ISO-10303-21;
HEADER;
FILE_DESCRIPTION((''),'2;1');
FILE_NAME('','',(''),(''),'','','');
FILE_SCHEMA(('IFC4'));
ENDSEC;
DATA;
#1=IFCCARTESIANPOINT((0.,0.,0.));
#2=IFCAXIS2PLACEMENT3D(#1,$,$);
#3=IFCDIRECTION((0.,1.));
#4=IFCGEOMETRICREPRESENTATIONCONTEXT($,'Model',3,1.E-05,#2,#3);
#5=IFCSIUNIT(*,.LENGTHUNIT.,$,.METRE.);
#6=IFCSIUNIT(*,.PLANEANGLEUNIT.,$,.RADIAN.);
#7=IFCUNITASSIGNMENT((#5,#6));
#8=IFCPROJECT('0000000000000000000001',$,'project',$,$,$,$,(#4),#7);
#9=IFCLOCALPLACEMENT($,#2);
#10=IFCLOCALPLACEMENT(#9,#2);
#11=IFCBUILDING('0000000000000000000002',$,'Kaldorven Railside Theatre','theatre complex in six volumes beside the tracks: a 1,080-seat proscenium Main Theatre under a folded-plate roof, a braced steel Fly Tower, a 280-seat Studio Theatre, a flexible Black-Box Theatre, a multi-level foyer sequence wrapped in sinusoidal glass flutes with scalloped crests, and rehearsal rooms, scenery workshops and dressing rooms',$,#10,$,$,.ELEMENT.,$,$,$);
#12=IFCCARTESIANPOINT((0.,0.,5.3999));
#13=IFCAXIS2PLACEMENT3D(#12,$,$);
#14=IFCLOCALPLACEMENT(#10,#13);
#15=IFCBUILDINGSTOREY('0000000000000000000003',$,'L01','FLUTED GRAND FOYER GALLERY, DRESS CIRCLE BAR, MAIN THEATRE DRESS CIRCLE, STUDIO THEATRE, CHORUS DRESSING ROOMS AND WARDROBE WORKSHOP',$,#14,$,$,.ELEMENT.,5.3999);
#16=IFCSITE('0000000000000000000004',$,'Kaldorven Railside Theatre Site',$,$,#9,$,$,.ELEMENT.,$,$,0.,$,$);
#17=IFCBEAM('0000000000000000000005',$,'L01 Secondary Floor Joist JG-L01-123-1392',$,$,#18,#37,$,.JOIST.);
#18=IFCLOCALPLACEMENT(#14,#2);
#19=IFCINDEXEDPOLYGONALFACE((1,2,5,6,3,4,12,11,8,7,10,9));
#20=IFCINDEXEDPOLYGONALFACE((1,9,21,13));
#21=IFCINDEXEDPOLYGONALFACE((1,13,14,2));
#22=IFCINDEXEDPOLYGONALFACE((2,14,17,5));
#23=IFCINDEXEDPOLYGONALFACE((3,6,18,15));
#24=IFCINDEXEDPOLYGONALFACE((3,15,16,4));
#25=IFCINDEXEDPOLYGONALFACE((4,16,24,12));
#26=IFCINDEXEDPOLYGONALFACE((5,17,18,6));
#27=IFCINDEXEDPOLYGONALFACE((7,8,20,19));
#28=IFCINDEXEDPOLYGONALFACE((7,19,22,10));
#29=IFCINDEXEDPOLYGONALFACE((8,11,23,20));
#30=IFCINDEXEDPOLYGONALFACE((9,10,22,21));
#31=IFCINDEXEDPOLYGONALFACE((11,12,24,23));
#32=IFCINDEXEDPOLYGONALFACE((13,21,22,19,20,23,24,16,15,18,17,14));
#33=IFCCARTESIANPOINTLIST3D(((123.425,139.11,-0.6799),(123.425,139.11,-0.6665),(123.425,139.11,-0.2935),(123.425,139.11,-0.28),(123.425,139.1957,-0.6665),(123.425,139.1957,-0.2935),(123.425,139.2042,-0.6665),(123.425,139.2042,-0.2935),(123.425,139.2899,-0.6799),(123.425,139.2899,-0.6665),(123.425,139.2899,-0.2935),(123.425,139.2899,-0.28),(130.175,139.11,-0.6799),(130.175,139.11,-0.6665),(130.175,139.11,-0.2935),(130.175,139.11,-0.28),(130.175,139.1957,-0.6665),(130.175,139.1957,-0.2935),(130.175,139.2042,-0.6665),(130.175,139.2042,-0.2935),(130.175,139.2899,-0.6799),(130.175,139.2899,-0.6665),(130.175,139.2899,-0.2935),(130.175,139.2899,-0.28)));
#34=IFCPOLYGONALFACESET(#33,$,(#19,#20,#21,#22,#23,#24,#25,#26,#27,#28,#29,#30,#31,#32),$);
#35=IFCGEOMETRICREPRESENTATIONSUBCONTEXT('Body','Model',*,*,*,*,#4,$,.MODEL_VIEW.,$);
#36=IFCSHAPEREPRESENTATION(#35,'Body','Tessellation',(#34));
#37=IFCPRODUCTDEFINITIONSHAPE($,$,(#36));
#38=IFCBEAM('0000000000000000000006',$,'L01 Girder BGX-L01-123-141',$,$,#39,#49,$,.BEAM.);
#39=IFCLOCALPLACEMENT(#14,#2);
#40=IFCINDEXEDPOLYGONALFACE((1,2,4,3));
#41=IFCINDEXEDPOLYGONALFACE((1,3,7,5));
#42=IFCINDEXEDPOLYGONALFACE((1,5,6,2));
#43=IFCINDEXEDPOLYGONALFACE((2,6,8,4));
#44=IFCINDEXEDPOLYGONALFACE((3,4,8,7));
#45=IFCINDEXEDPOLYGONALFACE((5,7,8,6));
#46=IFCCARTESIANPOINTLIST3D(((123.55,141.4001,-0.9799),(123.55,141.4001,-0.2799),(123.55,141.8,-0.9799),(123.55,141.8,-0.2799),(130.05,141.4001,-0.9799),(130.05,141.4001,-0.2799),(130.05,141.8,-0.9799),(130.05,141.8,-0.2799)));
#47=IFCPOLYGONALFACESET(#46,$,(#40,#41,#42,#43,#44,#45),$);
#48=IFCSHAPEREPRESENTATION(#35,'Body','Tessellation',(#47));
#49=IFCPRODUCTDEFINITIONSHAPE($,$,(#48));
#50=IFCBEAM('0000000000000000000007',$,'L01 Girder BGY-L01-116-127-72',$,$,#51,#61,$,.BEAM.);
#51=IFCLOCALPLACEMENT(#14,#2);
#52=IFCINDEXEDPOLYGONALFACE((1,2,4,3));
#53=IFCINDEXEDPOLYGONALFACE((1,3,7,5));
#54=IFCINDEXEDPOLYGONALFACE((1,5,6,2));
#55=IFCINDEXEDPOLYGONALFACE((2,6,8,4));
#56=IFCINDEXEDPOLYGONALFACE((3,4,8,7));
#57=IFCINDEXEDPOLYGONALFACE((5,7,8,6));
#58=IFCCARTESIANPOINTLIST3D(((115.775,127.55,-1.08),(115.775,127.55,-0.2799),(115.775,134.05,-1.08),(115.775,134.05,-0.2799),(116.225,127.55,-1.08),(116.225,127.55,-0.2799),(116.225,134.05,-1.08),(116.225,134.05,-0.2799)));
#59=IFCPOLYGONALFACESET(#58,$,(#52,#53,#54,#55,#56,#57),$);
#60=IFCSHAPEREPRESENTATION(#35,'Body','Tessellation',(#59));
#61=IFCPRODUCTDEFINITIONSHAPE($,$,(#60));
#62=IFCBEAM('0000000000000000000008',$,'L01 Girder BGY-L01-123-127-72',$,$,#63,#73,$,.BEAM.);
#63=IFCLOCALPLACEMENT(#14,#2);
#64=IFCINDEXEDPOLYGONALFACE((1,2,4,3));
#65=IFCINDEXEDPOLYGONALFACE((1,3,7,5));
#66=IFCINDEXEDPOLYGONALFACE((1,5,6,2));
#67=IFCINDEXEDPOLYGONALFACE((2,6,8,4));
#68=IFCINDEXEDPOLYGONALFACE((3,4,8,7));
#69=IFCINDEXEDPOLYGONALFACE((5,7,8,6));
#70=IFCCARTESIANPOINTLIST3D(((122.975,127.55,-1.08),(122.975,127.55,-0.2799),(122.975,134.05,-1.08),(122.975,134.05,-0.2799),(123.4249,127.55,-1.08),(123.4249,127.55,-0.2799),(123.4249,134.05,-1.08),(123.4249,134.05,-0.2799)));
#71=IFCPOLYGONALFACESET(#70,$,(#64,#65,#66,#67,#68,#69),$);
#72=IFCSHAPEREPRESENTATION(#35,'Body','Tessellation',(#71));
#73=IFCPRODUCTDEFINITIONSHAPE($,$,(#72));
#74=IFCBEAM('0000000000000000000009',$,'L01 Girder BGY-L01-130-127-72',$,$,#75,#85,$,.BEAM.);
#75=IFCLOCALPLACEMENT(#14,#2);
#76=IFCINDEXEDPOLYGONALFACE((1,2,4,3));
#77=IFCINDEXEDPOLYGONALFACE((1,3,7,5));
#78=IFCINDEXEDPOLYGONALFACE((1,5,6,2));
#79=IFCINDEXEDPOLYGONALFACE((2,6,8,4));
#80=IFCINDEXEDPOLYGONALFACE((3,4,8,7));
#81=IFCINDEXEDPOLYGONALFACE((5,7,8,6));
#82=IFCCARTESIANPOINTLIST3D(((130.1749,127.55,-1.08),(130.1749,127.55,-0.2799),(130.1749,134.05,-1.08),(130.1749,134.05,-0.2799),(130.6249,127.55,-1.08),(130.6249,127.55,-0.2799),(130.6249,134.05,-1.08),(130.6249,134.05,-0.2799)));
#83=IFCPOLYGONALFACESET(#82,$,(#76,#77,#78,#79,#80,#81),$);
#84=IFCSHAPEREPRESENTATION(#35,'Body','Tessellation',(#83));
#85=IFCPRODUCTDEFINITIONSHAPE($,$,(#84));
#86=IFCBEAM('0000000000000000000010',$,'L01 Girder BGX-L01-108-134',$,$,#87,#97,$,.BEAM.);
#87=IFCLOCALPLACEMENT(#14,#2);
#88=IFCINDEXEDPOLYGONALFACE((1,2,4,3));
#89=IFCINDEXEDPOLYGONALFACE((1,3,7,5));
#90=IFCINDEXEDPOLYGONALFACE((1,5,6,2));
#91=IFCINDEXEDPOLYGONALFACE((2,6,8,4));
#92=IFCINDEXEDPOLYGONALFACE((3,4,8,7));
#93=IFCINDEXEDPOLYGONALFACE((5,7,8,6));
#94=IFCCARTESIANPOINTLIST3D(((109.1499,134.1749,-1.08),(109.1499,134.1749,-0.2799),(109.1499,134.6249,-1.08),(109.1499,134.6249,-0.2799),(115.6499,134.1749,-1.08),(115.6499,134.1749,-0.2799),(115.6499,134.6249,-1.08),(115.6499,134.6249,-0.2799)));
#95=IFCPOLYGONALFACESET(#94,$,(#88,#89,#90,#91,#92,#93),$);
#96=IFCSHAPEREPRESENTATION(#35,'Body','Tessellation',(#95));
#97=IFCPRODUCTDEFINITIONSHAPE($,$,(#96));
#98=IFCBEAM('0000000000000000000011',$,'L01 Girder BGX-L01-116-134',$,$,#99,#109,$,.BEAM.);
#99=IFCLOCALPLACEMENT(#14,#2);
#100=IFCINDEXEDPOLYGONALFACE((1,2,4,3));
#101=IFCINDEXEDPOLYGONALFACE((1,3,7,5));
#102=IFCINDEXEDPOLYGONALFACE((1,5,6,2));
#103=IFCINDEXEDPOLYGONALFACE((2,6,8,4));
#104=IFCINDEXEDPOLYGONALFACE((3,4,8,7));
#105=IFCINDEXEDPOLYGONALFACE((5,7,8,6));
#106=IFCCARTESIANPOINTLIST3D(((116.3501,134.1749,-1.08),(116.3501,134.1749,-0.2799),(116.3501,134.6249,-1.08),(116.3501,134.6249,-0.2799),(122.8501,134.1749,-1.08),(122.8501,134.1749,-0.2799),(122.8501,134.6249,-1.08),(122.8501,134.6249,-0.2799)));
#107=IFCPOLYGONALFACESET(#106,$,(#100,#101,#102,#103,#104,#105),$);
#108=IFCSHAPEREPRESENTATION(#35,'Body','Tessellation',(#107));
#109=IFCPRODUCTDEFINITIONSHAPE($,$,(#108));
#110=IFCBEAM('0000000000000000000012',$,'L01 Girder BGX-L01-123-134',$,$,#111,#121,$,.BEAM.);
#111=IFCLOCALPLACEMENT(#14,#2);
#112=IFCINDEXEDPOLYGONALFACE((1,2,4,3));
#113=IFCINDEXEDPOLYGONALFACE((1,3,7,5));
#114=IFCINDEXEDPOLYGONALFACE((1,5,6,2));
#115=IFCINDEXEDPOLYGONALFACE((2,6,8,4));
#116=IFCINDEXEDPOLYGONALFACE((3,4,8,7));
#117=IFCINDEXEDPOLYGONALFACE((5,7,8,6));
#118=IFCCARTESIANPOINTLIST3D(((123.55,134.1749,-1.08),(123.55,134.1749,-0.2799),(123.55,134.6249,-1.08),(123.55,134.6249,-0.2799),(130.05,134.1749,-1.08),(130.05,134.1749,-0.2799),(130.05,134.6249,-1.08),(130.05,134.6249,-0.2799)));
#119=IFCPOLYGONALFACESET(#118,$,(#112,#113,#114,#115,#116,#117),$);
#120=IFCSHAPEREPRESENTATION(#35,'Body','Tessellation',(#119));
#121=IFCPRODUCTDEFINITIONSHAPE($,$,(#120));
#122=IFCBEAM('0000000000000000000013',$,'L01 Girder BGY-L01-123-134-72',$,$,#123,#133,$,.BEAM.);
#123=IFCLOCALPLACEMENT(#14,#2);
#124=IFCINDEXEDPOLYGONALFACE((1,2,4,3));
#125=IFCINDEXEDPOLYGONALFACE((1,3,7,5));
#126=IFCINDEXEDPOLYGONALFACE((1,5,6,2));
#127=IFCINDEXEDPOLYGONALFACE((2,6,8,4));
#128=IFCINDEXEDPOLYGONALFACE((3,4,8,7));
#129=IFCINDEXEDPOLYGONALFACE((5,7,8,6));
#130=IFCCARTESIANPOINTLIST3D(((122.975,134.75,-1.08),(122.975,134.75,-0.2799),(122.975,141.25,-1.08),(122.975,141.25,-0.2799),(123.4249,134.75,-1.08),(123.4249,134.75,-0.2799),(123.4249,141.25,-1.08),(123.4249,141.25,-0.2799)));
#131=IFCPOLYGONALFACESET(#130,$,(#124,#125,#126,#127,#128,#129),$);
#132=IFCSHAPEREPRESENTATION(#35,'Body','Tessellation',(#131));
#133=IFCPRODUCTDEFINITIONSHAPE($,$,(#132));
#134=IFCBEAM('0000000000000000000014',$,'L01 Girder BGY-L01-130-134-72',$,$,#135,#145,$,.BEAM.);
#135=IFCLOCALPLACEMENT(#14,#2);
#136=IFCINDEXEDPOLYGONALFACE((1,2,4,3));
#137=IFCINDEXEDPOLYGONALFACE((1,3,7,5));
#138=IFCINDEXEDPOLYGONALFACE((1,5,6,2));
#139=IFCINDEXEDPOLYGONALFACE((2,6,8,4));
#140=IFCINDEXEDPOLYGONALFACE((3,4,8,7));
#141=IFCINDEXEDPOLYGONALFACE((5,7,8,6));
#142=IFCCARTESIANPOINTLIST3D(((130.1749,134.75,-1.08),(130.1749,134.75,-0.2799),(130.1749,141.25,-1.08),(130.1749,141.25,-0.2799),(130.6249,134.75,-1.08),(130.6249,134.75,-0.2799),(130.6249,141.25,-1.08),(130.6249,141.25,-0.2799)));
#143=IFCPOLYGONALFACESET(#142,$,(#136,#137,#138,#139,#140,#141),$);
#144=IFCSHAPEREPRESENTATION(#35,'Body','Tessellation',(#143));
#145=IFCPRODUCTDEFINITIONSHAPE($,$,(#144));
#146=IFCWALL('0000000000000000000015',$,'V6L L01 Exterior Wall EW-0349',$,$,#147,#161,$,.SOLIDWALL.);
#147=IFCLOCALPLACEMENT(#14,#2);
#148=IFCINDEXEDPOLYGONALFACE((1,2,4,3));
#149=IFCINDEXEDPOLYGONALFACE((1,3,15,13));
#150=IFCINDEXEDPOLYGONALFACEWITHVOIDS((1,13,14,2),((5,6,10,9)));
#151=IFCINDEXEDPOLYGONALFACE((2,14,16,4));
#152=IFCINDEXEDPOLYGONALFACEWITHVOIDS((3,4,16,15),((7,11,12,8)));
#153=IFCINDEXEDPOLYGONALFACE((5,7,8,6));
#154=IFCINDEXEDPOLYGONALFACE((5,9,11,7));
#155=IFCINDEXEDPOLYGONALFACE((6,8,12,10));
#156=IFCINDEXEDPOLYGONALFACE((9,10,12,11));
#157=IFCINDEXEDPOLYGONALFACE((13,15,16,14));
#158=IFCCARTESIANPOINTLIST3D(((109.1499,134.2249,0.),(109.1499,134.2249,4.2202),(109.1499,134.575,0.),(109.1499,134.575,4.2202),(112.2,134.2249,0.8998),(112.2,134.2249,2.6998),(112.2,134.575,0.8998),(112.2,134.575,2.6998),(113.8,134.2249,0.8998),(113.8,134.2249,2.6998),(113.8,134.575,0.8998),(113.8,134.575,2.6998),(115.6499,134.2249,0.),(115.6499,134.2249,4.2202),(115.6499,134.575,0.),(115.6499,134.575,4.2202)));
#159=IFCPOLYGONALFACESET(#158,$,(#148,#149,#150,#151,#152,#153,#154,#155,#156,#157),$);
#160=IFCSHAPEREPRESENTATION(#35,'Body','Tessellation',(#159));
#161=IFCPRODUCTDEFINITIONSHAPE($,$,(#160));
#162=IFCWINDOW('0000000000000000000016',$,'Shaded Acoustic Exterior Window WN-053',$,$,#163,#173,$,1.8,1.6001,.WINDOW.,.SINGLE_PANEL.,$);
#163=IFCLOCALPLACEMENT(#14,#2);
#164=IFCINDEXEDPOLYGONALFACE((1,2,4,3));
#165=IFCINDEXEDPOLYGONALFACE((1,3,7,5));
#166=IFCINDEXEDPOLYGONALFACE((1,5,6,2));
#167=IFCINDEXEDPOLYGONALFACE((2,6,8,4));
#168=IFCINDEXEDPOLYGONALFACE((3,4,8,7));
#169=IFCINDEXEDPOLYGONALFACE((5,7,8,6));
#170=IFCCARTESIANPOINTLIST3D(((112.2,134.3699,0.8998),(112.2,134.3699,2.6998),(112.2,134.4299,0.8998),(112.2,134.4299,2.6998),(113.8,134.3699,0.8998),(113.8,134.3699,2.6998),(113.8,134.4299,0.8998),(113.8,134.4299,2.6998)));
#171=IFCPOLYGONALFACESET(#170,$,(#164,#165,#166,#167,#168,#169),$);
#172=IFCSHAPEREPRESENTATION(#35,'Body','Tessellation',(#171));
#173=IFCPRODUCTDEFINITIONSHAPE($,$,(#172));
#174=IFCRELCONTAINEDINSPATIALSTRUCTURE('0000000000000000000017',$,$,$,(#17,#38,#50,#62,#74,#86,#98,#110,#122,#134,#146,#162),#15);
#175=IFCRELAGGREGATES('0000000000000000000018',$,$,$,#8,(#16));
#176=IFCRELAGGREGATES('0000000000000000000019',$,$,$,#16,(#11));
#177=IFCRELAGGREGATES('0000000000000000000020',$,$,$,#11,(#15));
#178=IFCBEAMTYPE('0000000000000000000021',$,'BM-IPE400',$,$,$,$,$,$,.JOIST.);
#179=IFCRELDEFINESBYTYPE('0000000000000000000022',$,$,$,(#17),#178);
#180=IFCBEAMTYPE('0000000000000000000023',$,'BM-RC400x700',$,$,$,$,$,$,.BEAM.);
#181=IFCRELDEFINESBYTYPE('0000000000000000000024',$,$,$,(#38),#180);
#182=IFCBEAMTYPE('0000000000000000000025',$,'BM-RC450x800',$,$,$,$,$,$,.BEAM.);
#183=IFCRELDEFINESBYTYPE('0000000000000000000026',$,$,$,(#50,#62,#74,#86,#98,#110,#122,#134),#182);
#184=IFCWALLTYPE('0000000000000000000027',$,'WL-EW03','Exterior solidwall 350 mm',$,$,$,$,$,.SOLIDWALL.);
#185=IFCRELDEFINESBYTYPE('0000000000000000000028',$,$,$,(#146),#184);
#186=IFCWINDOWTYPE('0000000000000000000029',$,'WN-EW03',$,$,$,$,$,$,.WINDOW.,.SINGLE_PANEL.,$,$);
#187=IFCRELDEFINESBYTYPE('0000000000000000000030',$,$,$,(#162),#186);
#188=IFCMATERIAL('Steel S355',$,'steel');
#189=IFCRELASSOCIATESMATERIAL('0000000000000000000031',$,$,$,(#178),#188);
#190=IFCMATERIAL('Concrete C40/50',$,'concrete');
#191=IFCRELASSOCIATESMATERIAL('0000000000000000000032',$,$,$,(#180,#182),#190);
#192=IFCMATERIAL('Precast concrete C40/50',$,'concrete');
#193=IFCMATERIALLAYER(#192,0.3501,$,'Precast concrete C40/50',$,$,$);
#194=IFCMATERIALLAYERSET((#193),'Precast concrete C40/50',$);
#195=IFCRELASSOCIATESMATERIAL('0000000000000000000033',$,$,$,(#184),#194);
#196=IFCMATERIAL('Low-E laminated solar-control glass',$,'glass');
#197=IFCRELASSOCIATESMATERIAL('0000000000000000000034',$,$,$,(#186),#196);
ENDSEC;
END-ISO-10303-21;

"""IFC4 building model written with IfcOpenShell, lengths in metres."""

from ifc_helpers import new_model, si_unit, direction, frame, frame_2d, origin, origin_2d, place, context, subcontext, project, spatial, rectangle, i_section, extrude, material, layer, layer_set, material_profile, profile_set, type_object, element, fill, save


model = new_model("IFC4")

# Units and contexts
model_context = context("Model", 3, precision=1e-05, world=origin(), true_north=direction((0.0, 1.0)))
body_context = subcontext(model_context, "Body", "Model", "MODEL_VIEW")
ifc_project = project(units=[si_unit("LENGTHUNIT", "METRE"), si_unit("PLANEANGLEUNIT", "RADIAN")], contexts=[model_context])

# Site, building, storey
site_placement = place(None, origin())
site = spatial("IfcSite", under=ifc_project, at=site_placement, Name="Kaldorven Railside Theatre Site", CompositionType="ELEMENT", RefElevation=0.0)
building_placement = place(site_placement, origin())
building = spatial("IfcBuilding", under=site, at=building_placement, Name="Kaldorven Railside Theatre", Description="theatre complex in six volumes beside the tracks: a 1,080-seat proscenium Main Theatre under a folded-plate roof, a braced steel Fly Tower, a 280-seat Studio Theatre, a flexible Black-Box Theatre, a multi-level foyer sequence wrapped in sinusoidal glass flutes with scalloped crests, and rehearsal rooms, scenery workshops and dressing rooms", CompositionType="ELEMENT")
storey_placement = place(building_placement, frame((0.0, 0.0, 5.3999)))
storey = spatial("IfcBuildingStorey", under=building, at=storey_placement, Name="L01", Description="FLUTED GRAND FOYER GALLERY, DRESS CIRCLE BAR, MAIN THEATRE DRESS CIRCLE, STUDIO THEATRE, CHORUS DRESSING ROOMS AND WARDROBE WORKSHOP", CompositionType="ELEMENT", Elevation=5.3999)

# Shared definitions
ifc_material_1 = material(Name="Concrete C40/50", Category="concrete")

# Beams
ifc_material_2 = material(Name="Steel S355", Category="steel")
ifc_material_profile_1 = material_profile(ifc_material_2, i_section(OverallWidth=0.1799, OverallDepth=0.3999, WebThickness=0.0085, FlangeThickness=0.0134, at=origin_2d()), Name="IPE 400")
ifc_profile_set_1 = profile_set([ifc_material_profile_1], Name="Steel S355")
beam_type_1 = type_object("IfcBeamType", Name="BM-IPE400", PredefinedType="JOIST", material=ifc_profile_set_1)
for number, where, z_axis, x_axis, name in (
    (1, (123.425, 139.2, -0.48), (1.0, 0.0, 0.0), (0.0, 1.0, 0.0), "L01 Secondary Floor Joist JG-L01-123-1392"),
):
    element("IfcBeam", number, at=place(storey_placement, frame(where, z_axis=z_axis, x_axis=x_axis)), inside=storey, type_object=beam_type_1, Name=name, PredefinedType="JOIST", context=body_context, shape_type="SweptSolid", body=[
        extrude(i_section(OverallWidth=0.1799, OverallDepth=0.3999, WebThickness=0.0085, FlangeThickness=0.0134, at=origin_2d()), origin(), (0.0, 0.0, 1.0), 6.75),
    ])
ifc_material_profile_2 = material_profile(ifc_material_1, rectangle(XDim=0.3999, YDim=0.7, at=origin_2d()), Name="RC 400x700")
ifc_profile_set_2 = profile_set([ifc_material_profile_2], Name="Concrete C40/50")
beam_type_2 = type_object("IfcBeamType", Name="BM-RC400x700", PredefinedType="BEAM", material=ifc_profile_set_2)
beam_placement = place(storey_placement, frame((123.55, 141.6001, -0.6299), z_axis=(1.0, 0.0, 0.0), x_axis=(0.0, 1.0, 0.0)))
element("IfcBeam", 2, at=beam_placement, inside=storey, type_object=beam_type_2, Name="L01 Girder BGX-L01-123-141", PredefinedType="BEAM", context=body_context, shape_type="SweptSolid", body=[
    extrude(rectangle(XDim=0.3999, YDim=0.7, at=origin_2d()), origin(), (0.0, 0.0, 1.0), 6.5),
])
ifc_material_profile_3 = material_profile(ifc_material_1, rectangle(XDim=0.45, YDim=0.8, at=origin_2d()), Name="RC 450x800")
ifc_profile_set_3 = profile_set([ifc_material_profile_3], Name="Concrete C40/50")
beam_type_3 = type_object("IfcBeamType", Name="BM-RC450x800", PredefinedType="BEAM", material=ifc_profile_set_3)
for number, where, z_axis, x_axis, name in (
    (3, (116.0, 127.55, -0.6799), (0.0, 1.0, 0.0), (-1.0, 0.0, 0.0), "L01 Girder BGY-L01-116-127-72"),
    (4, (123.2, 127.55, -0.6799), (0.0, 1.0, 0.0), (-1.0, 0.0, 0.0), "L01 Girder BGY-L01-123-127-72"),
    (5, (130.3999, 127.55, -0.6799), (0.0, 1.0, 0.0), (-1.0, 0.0, 0.0), "L01 Girder BGY-L01-130-127-72"),
    (6, (109.1499, 134.3999, -0.6799), (1.0, 0.0, 0.0), (0.0, 1.0, 0.0), "L01 Girder BGX-L01-108-134"),
    (7, (116.3501, 134.3999, -0.6799), (1.0, 0.0, 0.0), (0.0, 1.0, 0.0), "L01 Girder BGX-L01-116-134"),
    (8, (123.55, 134.3999, -0.6799), (1.0, 0.0, 0.0), (0.0, 1.0, 0.0), "L01 Girder BGX-L01-123-134"),
    (9, (123.2, 134.75, -0.6799), (0.0, 1.0, 0.0), (-1.0, 0.0, 0.0), "L01 Girder BGY-L01-123-134-72"),
    (10, (130.3999, 134.75, -0.6799), (0.0, 1.0, 0.0), (-1.0, 0.0, 0.0), "L01 Girder BGY-L01-130-134-72"),
):
    element("IfcBeam", number, at=place(storey_placement, frame(where, z_axis=z_axis, x_axis=x_axis)), inside=storey, type_object=beam_type_3, Name=name, PredefinedType="BEAM", context=body_context, shape_type="SweptSolid", body=[
        extrude(rectangle(XDim=0.45, YDim=0.8, at=origin_2d()), origin(), (0.0, 0.0, 1.0), 6.5),
    ])

# Wall, opening, window
ifc_material_3 = material(Name="Precast concrete C40/50", Category="concrete")
ifc_layer_1 = layer(ifc_material_3, 0.3501, Name="Precast concrete C40/50")
ifc_layer_set_1 = layer_set([ifc_layer_1], Name="Precast concrete C40/50")
wall_type_1 = type_object("IfcWallType", Name="WL-EW03", Description="Exterior solidwall 350 mm", PredefinedType="SOLIDWALL", material=ifc_layer_set_1)
wall_1_placement = place(storey_placement, frame((109.1499, 134.3999, 0.0), z_axis=(0.0, 0.0, 1.0), x_axis=(1.0, 0.0, 0.0)))
wall_1 = element("IfcWall", 11, at=wall_1_placement, inside=storey, type_object=wall_type_1, Name="V6L L01 Exterior Wall EW-0349", PredefinedType="SOLIDWALL", context=body_context, shape_type="SweptSolid", body=[
    extrude(rectangle(XDim=6.5, YDim=0.3501, at=frame_2d((3.25, 0.0))), origin(), (0.0, 0.0, 1.0), 4.2202),
])
opening_1_placement = place(wall_1_placement, frame((3.05, 0.0, 0.8999)))
opening_1 = element("IfcOpeningElement", 12, at=opening_1_placement, cuts=wall_1, PredefinedType="OPENING", context=body_context, shape_type="SweptSolid", body=[
    extrude(rectangle(XDim=1.6001, YDim=1.8, at=frame_2d((0.8, 0.8999))), frame((0.0, 0.1851, 0.0), z_axis=(0.0, -1.0, 0.0), x_axis=(1.0, 0.0, 0.0)), (0.0, 0.0, 1.0), 0.3701),
])
ifc_material_4 = material(Name="Low-E laminated solar-control glass", Category="glass")
window_type_1 = type_object("IfcWindowType", Name="WN-EW03", PartitioningType="SINGLE_PANEL", PredefinedType="WINDOW", material=ifc_material_4)
window_1_placement = place(opening_1_placement, origin())
window_1 = element("IfcWindow", 13, at=window_1_placement, inside=storey, type_object=window_type_1, Name="Shaded Acoustic Exterior Window WN-053", OverallHeight=1.8, OverallWidth=1.6001, PartitioningType="SINGLE_PANEL", PredefinedType="WINDOW", context=body_context, shape_type="SweptSolid", body=[
    extrude(rectangle(XDim=1.6001, YDim=1.8, at=frame_2d((0.8, 0.8999))), frame((0.0, 0.03, 0.0), z_axis=(0.0, -1.0, 0.0), x_axis=(1.0, 0.0, 0.0)), (0.0, 0.0, 1.0), 0.0601),
])
fill(opening_1, window_1)

save(model, "model.ifc")
